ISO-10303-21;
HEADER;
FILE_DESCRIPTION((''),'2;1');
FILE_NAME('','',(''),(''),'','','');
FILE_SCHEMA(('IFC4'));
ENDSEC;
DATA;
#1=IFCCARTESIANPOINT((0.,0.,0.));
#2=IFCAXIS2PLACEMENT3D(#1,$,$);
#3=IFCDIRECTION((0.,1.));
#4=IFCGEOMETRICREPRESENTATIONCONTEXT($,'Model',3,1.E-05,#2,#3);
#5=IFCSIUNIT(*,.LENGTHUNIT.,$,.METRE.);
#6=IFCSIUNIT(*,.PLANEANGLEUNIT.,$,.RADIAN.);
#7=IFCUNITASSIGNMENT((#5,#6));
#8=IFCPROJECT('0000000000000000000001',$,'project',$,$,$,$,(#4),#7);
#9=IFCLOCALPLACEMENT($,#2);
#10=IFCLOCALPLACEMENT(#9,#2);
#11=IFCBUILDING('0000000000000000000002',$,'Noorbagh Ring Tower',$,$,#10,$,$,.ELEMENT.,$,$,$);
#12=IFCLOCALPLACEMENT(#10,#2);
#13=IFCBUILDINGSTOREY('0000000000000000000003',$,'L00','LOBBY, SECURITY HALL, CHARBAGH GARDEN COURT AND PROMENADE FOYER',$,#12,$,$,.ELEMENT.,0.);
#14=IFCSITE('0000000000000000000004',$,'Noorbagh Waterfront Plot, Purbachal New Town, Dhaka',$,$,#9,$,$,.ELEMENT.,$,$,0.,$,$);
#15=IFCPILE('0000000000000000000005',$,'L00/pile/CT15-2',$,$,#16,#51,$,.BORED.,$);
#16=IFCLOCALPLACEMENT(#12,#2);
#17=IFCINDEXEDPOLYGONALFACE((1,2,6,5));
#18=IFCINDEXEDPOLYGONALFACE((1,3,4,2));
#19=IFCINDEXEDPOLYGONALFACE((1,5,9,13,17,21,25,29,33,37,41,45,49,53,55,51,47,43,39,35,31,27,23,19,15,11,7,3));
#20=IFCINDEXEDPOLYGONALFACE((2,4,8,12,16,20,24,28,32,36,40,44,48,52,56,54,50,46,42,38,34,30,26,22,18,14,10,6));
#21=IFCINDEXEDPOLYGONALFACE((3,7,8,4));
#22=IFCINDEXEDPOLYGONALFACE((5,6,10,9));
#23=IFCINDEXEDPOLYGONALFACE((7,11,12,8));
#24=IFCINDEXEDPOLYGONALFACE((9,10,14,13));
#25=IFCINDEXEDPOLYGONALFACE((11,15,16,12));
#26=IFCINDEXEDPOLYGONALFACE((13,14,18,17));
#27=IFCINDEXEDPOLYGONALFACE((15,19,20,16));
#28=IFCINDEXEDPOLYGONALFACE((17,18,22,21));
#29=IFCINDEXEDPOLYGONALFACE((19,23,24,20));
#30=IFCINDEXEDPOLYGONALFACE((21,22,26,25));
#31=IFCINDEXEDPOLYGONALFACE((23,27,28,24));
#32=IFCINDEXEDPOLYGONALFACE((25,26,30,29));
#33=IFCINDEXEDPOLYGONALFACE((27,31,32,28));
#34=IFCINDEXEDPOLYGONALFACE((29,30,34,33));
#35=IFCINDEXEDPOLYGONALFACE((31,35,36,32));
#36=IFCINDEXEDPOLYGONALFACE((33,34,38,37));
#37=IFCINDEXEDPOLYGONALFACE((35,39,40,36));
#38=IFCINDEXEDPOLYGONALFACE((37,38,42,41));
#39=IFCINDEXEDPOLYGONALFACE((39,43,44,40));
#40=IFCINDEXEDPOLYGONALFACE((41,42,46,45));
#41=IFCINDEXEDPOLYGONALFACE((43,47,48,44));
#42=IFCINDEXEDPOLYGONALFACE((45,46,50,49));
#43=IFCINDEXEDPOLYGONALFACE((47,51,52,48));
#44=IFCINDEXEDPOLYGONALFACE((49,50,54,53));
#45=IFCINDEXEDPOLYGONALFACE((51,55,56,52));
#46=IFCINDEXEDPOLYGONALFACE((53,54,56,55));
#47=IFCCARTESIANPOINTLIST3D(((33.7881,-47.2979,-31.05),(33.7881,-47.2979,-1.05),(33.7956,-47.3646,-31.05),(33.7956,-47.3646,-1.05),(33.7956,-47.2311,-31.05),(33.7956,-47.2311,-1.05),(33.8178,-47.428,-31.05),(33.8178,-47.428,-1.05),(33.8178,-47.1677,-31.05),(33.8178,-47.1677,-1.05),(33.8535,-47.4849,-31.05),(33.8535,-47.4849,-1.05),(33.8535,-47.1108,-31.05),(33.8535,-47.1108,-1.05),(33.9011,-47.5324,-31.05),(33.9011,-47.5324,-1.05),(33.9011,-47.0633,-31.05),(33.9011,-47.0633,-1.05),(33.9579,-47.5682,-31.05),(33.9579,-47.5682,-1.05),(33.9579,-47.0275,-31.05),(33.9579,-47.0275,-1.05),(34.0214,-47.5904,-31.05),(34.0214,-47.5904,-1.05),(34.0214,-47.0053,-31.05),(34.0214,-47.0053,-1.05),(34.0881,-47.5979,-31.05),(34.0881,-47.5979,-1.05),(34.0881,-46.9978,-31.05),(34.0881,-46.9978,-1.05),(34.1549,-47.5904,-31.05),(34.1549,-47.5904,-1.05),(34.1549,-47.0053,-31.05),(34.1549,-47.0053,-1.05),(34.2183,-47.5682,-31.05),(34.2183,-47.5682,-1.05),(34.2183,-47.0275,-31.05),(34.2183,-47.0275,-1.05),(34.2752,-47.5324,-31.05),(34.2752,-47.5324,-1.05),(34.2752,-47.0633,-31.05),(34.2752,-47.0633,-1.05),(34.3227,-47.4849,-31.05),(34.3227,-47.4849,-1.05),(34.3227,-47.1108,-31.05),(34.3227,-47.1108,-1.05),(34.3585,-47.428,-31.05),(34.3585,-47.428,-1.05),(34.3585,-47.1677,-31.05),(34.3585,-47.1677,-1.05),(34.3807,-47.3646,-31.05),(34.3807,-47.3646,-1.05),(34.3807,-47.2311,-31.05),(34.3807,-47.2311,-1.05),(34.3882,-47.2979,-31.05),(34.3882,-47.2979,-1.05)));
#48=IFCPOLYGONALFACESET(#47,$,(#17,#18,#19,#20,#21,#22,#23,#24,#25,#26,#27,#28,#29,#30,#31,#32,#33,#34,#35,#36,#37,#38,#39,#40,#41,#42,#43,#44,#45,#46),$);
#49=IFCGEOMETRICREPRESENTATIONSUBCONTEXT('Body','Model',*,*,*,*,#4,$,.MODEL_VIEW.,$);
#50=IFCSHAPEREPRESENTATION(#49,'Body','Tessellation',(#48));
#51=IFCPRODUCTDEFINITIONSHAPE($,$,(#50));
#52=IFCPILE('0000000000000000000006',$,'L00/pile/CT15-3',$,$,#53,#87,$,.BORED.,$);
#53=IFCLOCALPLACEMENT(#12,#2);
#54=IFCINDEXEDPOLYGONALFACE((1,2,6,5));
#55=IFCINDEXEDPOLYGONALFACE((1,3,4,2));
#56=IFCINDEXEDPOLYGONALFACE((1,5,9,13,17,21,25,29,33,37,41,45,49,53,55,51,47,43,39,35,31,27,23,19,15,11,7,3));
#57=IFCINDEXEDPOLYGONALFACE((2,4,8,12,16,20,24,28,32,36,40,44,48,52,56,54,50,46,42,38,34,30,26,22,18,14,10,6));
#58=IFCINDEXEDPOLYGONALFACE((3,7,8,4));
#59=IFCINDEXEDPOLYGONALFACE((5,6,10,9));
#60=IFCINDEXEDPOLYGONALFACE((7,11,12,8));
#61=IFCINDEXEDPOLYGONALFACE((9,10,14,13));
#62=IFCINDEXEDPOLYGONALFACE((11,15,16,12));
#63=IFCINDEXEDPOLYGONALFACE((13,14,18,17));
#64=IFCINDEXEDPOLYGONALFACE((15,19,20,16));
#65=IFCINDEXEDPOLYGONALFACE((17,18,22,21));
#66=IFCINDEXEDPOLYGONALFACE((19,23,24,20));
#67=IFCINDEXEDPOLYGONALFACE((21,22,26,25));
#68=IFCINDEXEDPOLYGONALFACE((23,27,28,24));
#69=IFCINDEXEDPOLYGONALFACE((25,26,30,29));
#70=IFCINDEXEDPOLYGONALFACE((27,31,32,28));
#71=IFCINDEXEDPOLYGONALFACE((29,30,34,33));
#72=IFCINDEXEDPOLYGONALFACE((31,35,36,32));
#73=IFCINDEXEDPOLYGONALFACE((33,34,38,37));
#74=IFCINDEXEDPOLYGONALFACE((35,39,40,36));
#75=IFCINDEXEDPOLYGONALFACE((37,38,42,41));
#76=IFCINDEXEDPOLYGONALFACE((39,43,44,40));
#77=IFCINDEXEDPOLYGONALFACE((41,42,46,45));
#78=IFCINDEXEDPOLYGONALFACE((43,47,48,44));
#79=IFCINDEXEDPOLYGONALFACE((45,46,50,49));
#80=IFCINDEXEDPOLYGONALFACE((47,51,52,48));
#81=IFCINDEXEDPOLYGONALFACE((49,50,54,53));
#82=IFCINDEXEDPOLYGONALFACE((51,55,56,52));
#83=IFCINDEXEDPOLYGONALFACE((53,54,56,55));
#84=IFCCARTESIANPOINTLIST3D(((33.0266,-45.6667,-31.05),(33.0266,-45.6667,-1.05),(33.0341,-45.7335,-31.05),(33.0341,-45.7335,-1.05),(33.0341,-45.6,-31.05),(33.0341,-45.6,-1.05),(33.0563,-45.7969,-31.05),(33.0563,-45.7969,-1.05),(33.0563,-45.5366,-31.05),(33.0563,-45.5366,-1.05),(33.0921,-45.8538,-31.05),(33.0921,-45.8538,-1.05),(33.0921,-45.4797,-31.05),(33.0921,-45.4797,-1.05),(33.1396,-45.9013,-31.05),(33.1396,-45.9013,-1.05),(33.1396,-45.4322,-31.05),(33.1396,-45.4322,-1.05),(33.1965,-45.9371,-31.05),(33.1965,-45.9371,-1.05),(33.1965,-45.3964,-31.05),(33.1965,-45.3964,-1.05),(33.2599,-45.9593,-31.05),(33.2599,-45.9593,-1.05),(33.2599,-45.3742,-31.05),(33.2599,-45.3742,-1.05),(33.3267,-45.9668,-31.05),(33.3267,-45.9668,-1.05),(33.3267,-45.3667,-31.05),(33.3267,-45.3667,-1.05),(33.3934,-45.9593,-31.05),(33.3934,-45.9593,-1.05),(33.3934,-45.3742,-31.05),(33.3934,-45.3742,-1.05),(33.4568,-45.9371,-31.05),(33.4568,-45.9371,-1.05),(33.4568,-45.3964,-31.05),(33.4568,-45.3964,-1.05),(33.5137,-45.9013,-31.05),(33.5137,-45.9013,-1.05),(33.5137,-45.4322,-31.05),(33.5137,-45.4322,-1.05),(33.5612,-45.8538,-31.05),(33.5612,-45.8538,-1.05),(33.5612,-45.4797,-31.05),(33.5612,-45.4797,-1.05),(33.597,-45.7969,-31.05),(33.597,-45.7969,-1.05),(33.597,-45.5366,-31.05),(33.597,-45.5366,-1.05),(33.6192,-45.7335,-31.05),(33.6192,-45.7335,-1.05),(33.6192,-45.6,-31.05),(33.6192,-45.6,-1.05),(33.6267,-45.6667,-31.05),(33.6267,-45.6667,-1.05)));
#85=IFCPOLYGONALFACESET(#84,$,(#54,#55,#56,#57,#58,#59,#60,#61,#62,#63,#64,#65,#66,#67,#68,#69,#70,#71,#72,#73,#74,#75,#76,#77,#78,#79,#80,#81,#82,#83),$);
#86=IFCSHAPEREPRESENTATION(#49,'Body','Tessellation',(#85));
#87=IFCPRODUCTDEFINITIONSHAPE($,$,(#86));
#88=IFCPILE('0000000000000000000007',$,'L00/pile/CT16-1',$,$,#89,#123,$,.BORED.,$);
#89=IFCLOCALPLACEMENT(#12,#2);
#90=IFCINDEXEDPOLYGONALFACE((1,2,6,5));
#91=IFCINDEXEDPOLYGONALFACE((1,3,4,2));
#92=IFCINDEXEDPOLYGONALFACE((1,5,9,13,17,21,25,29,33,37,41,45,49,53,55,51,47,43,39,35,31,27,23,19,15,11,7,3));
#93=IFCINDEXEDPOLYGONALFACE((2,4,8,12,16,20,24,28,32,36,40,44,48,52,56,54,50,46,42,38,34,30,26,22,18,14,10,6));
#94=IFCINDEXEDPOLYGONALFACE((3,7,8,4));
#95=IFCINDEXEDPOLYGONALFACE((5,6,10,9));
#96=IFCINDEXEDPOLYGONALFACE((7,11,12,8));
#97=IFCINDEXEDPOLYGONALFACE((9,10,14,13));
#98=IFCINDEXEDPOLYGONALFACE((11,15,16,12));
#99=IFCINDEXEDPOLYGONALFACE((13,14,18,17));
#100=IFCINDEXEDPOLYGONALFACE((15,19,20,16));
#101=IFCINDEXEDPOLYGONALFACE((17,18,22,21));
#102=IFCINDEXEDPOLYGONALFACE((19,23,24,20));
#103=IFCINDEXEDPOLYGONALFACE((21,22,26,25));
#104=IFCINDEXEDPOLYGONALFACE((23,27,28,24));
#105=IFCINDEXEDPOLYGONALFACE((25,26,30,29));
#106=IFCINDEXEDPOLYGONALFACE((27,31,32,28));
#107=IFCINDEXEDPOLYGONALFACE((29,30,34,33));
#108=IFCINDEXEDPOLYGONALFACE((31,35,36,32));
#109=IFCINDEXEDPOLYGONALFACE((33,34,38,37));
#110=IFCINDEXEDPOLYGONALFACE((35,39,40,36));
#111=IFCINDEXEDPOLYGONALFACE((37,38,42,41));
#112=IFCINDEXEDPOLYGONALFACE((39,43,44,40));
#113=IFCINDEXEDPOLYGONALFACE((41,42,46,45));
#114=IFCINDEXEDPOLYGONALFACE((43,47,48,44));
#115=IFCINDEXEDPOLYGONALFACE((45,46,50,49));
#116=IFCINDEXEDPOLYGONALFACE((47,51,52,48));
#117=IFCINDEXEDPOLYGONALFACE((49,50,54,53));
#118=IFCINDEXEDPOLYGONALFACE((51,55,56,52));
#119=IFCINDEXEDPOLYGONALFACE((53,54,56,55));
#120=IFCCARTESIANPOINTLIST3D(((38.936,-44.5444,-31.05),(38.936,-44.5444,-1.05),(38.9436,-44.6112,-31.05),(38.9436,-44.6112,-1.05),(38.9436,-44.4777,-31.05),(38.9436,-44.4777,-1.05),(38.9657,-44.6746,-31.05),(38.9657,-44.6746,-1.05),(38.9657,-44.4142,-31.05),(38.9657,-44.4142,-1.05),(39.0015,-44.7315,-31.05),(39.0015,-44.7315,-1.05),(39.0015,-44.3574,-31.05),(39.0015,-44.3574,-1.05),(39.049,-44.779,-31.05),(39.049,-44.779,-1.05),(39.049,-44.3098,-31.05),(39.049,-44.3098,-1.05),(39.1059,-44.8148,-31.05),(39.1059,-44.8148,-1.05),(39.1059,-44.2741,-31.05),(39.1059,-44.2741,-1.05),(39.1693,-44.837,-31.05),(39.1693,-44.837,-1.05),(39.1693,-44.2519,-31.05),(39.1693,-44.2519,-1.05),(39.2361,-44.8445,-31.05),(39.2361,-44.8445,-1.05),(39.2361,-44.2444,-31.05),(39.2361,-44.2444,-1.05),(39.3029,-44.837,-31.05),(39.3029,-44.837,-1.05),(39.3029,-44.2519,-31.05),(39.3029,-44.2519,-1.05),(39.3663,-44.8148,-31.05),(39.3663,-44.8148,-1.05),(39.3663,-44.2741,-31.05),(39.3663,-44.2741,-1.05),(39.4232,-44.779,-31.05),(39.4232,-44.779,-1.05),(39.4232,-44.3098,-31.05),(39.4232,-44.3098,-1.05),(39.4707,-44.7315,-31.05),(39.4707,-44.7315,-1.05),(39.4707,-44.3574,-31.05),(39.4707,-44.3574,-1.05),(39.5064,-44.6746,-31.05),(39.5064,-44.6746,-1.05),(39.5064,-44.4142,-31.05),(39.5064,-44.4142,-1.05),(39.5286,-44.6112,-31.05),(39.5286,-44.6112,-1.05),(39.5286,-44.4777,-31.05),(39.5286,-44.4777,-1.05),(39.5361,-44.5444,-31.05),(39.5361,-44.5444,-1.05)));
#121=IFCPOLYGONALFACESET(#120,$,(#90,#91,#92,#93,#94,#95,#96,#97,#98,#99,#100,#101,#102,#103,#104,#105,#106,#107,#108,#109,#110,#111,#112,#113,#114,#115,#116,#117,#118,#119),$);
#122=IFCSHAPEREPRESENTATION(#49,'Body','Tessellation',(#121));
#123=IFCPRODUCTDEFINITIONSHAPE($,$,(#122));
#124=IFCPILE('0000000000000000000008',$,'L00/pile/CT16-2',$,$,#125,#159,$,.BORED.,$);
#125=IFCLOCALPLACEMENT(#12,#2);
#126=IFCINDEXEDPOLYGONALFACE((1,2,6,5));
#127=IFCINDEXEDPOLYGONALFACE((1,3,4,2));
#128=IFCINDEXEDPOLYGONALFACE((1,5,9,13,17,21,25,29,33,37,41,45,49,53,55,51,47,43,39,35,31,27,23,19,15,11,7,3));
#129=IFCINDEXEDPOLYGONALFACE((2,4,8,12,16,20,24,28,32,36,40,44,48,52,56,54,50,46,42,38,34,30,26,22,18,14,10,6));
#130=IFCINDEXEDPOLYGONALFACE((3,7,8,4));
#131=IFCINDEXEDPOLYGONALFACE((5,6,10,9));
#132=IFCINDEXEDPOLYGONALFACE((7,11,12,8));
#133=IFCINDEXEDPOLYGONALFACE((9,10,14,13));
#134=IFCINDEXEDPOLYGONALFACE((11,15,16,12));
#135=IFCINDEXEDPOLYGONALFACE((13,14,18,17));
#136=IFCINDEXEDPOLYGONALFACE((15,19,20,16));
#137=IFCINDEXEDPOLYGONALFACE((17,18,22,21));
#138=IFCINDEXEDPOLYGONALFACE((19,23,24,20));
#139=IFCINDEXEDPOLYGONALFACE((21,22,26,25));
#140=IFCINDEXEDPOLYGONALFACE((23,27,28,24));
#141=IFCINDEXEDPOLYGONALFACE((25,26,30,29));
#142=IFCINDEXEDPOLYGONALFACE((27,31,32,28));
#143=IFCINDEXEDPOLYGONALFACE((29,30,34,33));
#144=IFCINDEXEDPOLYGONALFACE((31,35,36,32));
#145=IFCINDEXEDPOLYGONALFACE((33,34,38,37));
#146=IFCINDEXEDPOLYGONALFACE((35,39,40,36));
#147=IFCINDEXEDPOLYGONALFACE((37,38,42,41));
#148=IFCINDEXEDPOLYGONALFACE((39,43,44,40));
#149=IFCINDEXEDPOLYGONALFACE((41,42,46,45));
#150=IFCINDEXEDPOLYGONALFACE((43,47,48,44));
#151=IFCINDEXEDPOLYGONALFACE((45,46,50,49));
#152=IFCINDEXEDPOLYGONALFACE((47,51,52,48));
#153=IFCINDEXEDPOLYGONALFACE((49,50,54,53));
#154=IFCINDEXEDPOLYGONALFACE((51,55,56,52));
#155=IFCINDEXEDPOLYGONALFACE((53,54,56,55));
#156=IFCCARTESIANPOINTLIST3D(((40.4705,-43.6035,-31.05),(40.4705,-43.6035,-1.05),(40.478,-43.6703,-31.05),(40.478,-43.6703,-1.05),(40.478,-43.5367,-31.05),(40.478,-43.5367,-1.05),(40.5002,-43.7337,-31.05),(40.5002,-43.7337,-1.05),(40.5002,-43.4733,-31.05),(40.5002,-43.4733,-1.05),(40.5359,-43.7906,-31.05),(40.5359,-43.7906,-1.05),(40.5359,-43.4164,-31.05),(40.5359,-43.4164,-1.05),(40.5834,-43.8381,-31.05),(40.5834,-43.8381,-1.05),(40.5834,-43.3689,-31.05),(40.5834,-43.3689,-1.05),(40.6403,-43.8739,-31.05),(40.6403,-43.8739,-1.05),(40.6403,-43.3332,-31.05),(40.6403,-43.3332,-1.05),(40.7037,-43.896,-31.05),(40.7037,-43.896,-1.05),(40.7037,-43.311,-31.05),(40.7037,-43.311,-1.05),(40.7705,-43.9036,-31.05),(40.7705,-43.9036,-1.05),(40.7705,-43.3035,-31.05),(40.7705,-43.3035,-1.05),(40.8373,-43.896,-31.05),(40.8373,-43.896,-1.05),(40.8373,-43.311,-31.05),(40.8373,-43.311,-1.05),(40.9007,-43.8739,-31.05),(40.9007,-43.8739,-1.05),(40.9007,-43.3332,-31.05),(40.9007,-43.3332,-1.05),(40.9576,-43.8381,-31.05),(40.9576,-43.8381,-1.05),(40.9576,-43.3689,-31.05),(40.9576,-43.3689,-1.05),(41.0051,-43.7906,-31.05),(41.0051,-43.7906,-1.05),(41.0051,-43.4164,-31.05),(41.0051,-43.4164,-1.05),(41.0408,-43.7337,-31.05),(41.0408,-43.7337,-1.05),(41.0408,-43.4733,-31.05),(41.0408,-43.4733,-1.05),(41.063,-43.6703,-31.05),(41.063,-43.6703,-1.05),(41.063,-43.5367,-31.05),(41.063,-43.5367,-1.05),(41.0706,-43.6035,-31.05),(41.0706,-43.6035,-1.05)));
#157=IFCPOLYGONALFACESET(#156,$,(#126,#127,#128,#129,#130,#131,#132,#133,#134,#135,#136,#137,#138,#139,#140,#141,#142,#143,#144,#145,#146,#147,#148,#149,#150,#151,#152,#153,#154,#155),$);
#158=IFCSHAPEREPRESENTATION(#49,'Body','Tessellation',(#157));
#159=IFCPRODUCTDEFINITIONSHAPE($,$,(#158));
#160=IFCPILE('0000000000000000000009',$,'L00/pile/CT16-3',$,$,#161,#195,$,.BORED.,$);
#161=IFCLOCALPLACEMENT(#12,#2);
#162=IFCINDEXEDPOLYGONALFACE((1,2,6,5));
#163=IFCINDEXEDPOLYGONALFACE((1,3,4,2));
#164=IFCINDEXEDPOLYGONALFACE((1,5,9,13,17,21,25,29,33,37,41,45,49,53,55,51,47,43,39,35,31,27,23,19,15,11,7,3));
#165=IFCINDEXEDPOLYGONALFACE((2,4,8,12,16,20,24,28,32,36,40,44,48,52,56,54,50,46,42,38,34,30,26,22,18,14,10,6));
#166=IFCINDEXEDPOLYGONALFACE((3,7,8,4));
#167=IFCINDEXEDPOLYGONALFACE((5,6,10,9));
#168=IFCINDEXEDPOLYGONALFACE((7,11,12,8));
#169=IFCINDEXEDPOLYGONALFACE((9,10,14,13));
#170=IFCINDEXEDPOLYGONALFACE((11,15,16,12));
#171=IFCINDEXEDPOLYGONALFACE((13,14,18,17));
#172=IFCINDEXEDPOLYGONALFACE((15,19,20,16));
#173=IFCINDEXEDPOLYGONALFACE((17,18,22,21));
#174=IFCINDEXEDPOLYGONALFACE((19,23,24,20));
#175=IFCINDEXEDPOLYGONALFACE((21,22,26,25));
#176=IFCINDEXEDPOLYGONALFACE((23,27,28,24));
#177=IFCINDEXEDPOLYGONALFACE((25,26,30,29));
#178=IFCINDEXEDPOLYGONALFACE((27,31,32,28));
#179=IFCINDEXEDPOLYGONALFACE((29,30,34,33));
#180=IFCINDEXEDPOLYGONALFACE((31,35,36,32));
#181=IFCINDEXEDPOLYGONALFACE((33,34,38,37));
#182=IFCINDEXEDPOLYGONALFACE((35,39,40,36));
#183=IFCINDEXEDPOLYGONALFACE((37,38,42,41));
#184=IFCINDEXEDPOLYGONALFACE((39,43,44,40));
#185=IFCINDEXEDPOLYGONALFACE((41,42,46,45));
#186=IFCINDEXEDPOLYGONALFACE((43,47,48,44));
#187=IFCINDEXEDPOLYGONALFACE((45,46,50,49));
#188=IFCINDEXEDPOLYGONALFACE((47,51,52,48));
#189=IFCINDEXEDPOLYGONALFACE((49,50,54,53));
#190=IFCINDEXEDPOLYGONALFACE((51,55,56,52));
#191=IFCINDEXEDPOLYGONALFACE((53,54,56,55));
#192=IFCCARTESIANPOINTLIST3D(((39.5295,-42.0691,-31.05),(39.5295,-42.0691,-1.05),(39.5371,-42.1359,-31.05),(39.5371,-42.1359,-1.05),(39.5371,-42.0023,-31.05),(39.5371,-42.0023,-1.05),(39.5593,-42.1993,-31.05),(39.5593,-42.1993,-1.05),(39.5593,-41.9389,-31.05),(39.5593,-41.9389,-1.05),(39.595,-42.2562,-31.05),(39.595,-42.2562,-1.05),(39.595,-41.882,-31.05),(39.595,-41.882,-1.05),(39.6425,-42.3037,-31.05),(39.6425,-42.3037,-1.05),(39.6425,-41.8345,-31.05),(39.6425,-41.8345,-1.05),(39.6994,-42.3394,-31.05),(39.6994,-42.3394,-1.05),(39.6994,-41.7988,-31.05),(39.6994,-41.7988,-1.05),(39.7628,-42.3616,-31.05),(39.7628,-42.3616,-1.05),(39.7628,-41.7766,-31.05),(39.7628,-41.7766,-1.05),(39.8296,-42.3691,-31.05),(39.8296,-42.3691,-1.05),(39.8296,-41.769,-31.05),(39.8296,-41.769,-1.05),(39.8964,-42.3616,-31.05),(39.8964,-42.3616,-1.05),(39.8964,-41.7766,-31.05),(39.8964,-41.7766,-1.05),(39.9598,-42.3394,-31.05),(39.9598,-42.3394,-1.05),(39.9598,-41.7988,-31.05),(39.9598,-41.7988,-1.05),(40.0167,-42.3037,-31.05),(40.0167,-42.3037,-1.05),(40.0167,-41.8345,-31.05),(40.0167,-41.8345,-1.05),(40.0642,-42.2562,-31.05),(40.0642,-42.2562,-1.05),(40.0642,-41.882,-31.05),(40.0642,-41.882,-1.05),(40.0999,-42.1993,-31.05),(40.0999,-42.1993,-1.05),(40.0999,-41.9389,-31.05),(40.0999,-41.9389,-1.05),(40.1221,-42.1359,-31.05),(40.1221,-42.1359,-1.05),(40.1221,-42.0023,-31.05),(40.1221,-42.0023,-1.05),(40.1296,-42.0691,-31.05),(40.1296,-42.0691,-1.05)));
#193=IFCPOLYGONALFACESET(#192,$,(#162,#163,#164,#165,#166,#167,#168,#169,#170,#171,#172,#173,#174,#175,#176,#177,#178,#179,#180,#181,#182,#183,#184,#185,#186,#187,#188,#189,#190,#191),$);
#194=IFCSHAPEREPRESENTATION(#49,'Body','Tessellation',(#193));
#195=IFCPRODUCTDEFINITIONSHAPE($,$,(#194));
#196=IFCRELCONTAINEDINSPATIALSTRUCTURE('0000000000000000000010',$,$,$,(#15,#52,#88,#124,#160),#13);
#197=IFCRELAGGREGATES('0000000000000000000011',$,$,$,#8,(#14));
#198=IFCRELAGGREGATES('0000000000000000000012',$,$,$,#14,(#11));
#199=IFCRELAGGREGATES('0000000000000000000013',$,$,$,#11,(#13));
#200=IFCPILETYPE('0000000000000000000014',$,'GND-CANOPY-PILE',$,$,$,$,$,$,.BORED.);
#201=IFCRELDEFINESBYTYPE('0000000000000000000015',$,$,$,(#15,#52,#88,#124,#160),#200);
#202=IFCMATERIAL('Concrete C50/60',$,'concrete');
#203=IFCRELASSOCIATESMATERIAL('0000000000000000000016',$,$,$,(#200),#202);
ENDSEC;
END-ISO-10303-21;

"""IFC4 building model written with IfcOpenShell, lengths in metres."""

from ifc_helpers import new_model, si_unit, direction, frame, origin, origin_2d, place, context, subcontext, project, spatial, circle, extrude, material, material_profile, profile_set, type_object, element, save


model = new_model("IFC4")

# Units and contexts
model_context = context("Model", 3, precision=1e-05, world=origin(), true_north=direction((0.0, 1.0)))
body_context = subcontext(model_context, "Body", "Model", "MODEL_VIEW")
ifc_project = project(units=[si_unit("LENGTHUNIT", "METRE"), si_unit("PLANEANGLEUNIT", "RADIAN")], contexts=[model_context])

# Site, building, storey
site_placement = place(None, origin())
site = spatial("IfcSite", under=ifc_project, at=site_placement, Name="Noorbagh Waterfront Plot, Purbachal New Town, Dhaka", CompositionType="ELEMENT", RefElevation=0.0)
building_placement = place(site_placement, origin())
building = spatial("IfcBuilding", under=site, at=building_placement, Name="Noorbagh Ring Tower", CompositionType="ELEMENT")
storey_placement = place(building_placement, origin())
storey = spatial("IfcBuildingStorey", under=building, at=storey_placement, Name="L00", Description="LOBBY, SECURITY HALL, CHARBAGH GARDEN COURT AND PROMENADE FOYER", CompositionType="ELEMENT", Elevation=0.0)

# Piles
ifc_material_1 = material(Name="Concrete C50/60", Category="concrete")
ifc_material_profile_1 = material_profile(ifc_material_1, circle(Radius=0.3, at=origin_2d()), Name="PILE600")
ifc_profile_set_1 = profile_set([ifc_material_profile_1], Name="Concrete C50/60")
pile_type = type_object("IfcPileType", Name="GND-CANOPY-PILE", PredefinedType="BORED", material=ifc_profile_set_1)
for number, where, z_axis, x_axis, name in (
    (1, (34.0881, -47.2979, -1.05), (0.0, 0.0, -1.0), (1.0, 0.0, 0.0), "L00/pile/CT15-2"),
    (2, (33.3267, -45.6667, -1.05), (0.0, 0.0, -1.0), (1.0, 0.0, 0.0), "L00/pile/CT15-3"),
    (3, (39.2361, -44.5444, -1.05), (0.0, 0.0, -1.0), (1.0, 0.0, 0.0), "L00/pile/CT16-1"),
    (4, (40.7705, -43.6035, -1.05), (0.0, 0.0, -1.0), (1.0, 0.0, 0.0), "L00/pile/CT16-2"),
    (5, (39.8296, -42.0691, -1.05), (0.0, 0.0, -1.0), (1.0, 0.0, 0.0), "L00/pile/CT16-3"),
):
    element("IfcPile", number, at=place(storey_placement, frame(where, z_axis=z_axis, x_axis=x_axis)), inside=storey, type_object=pile_type, Name=name, PredefinedType="BORED", context=body_context, shape_type="SweptSolid", body=[
        extrude(circle(Radius=0.3, at=origin_2d()), origin(), (0.0, 0.0, 1.0), 30.0),
    ])

save(model, "model.ifc")
